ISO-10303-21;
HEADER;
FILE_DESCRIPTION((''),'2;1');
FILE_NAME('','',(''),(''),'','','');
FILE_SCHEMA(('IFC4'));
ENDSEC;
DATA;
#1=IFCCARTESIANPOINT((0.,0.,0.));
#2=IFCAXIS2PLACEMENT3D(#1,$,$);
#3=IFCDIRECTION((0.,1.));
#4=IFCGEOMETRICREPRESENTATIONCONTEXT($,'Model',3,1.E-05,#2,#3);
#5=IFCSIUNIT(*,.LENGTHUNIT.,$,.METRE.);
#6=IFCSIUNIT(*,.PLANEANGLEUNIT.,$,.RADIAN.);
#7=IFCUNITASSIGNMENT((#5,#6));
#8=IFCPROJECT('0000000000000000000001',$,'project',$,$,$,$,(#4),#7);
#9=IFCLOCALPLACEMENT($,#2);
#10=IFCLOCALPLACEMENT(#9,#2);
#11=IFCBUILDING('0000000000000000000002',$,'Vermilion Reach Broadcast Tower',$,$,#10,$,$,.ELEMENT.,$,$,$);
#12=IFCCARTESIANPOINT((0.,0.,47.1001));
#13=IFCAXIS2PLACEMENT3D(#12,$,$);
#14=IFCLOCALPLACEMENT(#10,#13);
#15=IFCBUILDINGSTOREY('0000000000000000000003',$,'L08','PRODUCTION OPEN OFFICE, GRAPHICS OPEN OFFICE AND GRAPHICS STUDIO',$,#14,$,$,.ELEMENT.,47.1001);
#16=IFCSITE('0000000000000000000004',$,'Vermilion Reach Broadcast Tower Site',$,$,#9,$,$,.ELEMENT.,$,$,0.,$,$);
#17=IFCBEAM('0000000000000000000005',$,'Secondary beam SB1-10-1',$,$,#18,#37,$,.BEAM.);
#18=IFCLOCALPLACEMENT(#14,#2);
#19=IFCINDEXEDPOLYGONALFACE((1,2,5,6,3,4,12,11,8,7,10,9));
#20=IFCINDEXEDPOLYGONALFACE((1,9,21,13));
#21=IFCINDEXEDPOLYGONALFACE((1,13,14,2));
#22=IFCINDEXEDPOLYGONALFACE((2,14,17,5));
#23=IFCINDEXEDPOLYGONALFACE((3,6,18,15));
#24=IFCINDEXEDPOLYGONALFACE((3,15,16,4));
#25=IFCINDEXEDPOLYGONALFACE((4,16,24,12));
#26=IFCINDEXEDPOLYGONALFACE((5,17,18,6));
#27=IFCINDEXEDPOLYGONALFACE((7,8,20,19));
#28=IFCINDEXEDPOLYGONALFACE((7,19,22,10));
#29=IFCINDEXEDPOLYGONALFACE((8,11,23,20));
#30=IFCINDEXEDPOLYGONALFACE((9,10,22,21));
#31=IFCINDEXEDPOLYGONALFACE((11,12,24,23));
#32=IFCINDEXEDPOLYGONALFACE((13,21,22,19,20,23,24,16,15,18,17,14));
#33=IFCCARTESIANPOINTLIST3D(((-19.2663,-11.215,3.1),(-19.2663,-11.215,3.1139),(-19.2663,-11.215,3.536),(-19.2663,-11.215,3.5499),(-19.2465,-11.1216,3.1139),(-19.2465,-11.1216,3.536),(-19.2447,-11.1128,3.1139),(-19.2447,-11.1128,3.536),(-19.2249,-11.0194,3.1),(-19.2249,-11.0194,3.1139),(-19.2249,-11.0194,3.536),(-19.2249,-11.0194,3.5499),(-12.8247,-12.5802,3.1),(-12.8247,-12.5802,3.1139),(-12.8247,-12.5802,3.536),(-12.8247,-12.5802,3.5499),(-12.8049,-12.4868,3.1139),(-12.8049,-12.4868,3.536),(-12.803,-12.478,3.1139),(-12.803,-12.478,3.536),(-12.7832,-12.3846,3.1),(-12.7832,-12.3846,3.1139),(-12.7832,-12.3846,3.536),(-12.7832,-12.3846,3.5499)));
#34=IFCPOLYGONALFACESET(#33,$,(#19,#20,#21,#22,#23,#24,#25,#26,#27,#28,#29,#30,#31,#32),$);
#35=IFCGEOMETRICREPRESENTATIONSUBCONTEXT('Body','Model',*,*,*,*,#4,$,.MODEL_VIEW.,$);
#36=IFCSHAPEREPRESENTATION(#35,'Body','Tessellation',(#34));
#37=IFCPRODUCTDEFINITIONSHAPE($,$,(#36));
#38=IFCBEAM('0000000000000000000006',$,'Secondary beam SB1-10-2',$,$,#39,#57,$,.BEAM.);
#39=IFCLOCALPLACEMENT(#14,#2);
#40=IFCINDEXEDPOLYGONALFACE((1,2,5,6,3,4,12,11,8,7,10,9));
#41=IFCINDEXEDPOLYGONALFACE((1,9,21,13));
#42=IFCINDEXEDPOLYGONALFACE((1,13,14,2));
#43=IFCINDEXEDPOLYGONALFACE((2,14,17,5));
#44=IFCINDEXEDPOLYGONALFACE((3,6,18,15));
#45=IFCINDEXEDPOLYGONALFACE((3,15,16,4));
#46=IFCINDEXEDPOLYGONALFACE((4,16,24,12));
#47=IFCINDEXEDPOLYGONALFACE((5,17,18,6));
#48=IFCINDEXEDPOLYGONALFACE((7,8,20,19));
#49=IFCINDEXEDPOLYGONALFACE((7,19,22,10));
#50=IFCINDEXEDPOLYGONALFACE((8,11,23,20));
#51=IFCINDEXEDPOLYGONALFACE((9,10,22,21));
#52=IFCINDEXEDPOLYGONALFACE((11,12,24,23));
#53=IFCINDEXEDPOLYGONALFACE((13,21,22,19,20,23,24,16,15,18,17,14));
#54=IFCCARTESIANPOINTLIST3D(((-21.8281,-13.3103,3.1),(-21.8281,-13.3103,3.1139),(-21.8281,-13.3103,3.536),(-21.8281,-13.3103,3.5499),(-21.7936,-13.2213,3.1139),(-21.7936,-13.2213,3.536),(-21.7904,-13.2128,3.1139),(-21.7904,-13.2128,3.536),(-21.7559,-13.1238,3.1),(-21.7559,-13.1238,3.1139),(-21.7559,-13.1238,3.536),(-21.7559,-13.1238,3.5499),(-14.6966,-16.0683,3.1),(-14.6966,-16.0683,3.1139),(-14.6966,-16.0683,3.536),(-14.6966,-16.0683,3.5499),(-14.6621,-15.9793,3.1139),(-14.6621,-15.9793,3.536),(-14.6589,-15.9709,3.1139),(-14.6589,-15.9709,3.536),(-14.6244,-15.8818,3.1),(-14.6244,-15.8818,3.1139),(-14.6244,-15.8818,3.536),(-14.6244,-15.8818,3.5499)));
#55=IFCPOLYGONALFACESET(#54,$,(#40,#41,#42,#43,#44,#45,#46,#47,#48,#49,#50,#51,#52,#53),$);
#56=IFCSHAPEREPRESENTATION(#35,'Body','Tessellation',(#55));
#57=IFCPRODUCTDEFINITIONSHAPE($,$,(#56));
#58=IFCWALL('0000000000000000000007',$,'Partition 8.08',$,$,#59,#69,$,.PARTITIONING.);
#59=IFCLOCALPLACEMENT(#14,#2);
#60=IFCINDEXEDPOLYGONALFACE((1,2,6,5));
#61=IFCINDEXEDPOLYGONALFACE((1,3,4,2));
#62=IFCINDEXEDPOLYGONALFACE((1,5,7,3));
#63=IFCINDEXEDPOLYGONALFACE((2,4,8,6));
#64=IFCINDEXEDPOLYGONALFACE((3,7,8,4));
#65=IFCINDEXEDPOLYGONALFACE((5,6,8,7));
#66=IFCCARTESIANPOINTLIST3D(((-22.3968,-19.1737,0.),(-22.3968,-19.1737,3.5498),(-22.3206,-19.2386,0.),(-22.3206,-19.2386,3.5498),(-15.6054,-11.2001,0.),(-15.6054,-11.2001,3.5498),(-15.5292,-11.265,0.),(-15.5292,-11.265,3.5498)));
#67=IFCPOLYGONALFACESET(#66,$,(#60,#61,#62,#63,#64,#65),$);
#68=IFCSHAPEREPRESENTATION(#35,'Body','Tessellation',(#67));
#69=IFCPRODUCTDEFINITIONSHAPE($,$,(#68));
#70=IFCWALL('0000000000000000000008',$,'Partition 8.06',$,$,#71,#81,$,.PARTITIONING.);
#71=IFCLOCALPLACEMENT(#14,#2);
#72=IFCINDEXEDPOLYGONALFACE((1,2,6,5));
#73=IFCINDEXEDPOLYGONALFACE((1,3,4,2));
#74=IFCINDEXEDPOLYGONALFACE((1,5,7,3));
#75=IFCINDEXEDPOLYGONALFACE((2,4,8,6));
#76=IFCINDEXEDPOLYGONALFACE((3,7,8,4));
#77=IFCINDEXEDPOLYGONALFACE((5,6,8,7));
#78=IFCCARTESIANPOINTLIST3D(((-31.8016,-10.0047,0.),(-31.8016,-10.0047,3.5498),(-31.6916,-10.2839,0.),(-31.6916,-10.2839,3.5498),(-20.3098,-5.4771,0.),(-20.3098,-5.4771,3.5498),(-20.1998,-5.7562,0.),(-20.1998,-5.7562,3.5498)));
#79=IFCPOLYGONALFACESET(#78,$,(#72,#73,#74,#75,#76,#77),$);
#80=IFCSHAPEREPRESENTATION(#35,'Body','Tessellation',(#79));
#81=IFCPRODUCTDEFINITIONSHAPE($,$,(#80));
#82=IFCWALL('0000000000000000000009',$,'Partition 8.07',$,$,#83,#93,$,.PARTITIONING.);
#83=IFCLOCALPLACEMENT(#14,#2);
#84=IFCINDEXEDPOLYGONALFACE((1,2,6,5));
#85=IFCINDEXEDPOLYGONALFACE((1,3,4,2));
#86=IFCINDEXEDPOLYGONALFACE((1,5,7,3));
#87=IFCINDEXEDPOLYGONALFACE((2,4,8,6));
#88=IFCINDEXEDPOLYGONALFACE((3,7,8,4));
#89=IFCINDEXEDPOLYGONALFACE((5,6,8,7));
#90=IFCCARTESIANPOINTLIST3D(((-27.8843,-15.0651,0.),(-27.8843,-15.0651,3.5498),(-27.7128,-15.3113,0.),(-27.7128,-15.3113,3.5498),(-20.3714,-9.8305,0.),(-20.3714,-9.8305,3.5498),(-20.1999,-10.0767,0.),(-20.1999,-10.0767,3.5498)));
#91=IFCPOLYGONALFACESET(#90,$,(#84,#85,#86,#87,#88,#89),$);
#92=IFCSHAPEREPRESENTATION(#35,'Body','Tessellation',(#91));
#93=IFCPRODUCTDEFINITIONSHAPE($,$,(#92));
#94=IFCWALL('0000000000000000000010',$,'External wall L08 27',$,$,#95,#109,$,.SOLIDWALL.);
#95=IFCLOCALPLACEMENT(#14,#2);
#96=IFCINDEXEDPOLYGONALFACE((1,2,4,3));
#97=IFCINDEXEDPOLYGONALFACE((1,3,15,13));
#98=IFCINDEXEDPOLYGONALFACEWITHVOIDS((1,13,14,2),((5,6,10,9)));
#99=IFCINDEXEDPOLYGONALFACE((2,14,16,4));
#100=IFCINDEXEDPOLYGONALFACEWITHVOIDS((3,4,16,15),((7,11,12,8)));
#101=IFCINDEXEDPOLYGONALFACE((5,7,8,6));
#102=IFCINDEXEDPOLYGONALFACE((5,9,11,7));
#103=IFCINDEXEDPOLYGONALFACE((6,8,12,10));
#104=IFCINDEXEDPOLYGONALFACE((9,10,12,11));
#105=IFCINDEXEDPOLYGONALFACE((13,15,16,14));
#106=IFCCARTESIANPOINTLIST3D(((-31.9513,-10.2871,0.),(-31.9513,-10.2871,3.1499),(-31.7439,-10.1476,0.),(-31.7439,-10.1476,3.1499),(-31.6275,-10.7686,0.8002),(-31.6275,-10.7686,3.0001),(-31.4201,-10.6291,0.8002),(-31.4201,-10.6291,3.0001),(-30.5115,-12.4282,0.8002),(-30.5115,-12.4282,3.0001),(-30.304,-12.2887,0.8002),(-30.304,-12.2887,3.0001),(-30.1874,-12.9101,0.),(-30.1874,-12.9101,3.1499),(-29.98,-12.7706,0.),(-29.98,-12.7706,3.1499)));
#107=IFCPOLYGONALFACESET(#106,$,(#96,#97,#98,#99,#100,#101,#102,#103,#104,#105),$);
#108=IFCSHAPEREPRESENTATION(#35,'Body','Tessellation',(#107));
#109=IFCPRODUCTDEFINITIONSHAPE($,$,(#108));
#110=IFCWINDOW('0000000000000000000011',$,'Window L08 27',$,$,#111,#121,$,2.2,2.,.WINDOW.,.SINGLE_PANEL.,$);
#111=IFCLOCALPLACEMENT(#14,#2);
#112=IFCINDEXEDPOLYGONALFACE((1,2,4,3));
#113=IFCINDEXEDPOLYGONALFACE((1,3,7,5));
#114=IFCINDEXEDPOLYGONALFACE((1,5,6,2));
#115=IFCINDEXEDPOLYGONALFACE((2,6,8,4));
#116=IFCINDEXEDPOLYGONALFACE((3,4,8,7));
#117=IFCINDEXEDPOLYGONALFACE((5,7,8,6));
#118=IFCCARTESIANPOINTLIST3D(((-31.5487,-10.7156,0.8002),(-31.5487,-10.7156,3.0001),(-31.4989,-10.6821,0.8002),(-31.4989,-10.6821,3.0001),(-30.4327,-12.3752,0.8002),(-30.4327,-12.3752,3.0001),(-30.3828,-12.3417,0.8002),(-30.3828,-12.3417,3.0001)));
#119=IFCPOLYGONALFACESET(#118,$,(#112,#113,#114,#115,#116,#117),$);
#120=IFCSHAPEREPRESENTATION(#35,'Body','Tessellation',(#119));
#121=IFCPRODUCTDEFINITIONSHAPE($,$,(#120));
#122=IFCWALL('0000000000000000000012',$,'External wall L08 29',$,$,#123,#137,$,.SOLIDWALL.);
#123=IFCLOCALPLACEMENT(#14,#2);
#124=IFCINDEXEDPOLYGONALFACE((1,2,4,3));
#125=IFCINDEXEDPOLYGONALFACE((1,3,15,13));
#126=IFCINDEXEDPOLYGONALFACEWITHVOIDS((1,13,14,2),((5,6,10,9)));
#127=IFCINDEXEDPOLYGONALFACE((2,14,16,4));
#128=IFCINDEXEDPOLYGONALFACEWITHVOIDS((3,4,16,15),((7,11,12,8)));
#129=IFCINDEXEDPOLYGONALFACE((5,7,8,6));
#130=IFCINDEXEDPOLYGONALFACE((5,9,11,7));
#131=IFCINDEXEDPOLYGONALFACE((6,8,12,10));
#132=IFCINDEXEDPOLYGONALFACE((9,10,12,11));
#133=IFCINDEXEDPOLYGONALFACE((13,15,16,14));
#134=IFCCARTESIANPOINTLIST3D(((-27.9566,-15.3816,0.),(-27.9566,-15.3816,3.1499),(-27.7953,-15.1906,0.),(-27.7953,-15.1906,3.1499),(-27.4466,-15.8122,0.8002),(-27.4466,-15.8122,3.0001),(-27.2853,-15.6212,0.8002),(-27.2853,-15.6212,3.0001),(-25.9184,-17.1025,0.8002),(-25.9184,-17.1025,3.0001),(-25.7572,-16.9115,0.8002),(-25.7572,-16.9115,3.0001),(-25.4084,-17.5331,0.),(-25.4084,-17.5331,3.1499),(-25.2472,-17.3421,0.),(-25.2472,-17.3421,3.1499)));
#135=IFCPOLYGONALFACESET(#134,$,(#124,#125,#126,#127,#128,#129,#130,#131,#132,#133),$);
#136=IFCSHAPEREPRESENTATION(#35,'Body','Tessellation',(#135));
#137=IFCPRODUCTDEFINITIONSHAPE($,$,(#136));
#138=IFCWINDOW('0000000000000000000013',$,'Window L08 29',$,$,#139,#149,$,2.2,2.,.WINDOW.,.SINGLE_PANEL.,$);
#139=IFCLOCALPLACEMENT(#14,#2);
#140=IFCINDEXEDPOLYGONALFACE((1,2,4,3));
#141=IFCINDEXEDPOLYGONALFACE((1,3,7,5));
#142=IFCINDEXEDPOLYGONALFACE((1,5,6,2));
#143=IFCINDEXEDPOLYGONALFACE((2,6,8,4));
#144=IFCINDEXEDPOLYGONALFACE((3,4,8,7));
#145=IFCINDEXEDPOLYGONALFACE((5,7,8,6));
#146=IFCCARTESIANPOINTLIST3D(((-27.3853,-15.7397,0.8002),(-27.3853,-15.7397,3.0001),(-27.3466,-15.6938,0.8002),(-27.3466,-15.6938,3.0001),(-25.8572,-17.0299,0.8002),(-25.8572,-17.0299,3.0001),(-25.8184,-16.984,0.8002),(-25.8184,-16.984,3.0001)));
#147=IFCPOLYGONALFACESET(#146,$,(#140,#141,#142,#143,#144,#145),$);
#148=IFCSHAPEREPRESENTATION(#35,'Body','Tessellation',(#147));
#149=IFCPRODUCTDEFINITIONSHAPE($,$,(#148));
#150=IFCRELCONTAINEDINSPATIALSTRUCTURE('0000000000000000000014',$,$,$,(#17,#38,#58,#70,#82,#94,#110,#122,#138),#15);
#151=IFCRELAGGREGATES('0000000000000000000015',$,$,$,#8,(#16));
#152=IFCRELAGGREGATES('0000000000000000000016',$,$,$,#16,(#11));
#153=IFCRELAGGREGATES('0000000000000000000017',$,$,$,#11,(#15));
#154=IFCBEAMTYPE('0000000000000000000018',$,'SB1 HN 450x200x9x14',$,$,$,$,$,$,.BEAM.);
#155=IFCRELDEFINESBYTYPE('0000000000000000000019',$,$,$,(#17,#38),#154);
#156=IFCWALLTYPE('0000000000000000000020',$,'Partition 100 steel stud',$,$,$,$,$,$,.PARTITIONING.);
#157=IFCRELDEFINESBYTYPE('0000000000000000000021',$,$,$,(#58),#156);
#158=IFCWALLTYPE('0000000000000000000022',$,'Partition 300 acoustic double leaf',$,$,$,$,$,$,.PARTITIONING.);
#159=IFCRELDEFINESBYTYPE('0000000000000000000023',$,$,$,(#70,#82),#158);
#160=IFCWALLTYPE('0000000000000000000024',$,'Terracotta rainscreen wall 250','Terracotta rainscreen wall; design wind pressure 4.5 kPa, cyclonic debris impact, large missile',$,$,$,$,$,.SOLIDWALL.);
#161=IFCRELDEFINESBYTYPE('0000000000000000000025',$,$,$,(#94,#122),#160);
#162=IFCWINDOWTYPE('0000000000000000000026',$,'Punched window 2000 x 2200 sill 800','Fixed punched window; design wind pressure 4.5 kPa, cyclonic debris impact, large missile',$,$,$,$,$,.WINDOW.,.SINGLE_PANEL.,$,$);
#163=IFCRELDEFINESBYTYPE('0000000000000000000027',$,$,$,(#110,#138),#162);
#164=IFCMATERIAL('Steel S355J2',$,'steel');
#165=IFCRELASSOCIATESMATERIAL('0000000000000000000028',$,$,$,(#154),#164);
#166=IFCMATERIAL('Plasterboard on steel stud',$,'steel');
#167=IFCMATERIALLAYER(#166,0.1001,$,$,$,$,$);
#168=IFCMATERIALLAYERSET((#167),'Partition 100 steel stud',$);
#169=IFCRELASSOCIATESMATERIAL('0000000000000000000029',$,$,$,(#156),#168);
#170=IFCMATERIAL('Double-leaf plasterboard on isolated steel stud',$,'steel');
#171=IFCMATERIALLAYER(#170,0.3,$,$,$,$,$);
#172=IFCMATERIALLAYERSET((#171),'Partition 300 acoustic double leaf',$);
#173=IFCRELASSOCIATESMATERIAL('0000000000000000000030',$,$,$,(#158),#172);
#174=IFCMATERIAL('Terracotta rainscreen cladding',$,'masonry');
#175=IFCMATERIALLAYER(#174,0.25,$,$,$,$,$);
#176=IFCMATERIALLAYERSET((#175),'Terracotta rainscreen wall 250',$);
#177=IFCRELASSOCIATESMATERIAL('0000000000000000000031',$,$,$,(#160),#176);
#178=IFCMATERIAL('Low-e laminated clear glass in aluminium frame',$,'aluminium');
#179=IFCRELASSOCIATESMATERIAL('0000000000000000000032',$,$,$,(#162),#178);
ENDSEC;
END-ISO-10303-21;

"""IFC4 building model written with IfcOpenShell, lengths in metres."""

from ifc_helpers import new_model, si_unit, direction, frame, frame_2d, origin, origin_2d, place, context, subcontext, project, spatial, rectangle, i_section, extrude, material, layer, layer_set, material_profile, profile_set, type_object, element, fill, save


model = new_model("IFC4")

# Units and contexts
model_context = context("Model", 3, precision=1e-05, world=origin(), true_north=direction((0.0, 1.0)))
body_context = subcontext(model_context, "Body", "Model", "MODEL_VIEW")
ifc_project = project(units=[si_unit("LENGTHUNIT", "METRE"), si_unit("PLANEANGLEUNIT", "RADIAN")], contexts=[model_context])

# Site, building, storey
site_placement = place(None, origin())
site = spatial("IfcSite", under=ifc_project, at=site_placement, Name="Vermilion Reach Broadcast Tower Site", CompositionType="ELEMENT", RefElevation=0.0)
building_placement = place(site_placement, origin())
building = spatial("IfcBuilding", under=site, at=building_placement, Name="Vermilion Reach Broadcast Tower", CompositionType="ELEMENT")
storey_placement = place(building_placement, frame((0.0, 0.0, 47.1001)))
storey = spatial("IfcBuildingStorey", under=building, at=storey_placement, Name="L08", Description="PRODUCTION OPEN OFFICE, GRAPHICS OPEN OFFICE AND GRAPHICS STUDIO", CompositionType="ELEMENT", Elevation=47.1001)

# Beams
ifc_material_1 = material(Name="Steel S355J2", Category="steel")
ifc_material_profile_1 = material_profile(ifc_material_1, i_section(OverallWidth=0.2, OverallDepth=0.45, WebThickness=0.009, FlangeThickness=0.0139, at=origin_2d()), Name="S355J2 HN 450x200x9x14")
ifc_profile_set_1 = profile_set([ifc_material_profile_1], Name="Steel S355J2")
beam_type_1 = type_object("IfcBeamType", Name="SB1 HN 450x200x9x14", PredefinedType="BEAM", material=ifc_profile_set_1)
beam_1_placement = place(storey_placement, frame((-19.2456, -11.1172, 3.325), z_axis=(0.97827, -0.207333, 0.0), x_axis=(0.207333, 0.97827, 0.0)))
element("IfcBeam", 1, at=beam_1_placement, inside=storey, type_object=beam_type_1, Name="Secondary beam SB1-10-1", PredefinedType="BEAM", context=body_context, shape_type="SweptSolid", body=[
    extrude(i_section(OverallWidth=0.2, OverallDepth=0.45, WebThickness=0.009, FlangeThickness=0.0139, at=origin_2d()), origin(), (0.0, 0.0, 1.0), 6.5847),
])
beam_2_placement = place(storey_placement, frame((-21.792, -13.217, 3.325), z_axis=(0.932681, -0.360703, 0.0), x_axis=(0.360703, 0.932681, 0.0)))
element("IfcBeam", 2, at=beam_2_placement, inside=storey, type_object=beam_type_1, Name="Secondary beam SB1-10-2", PredefinedType="BEAM", context=body_context, shape_type="SweptSolid", body=[
    extrude(i_section(OverallWidth=0.2, OverallDepth=0.45, WebThickness=0.009, FlangeThickness=0.0139, at=origin_2d()), origin(), (0.0, 0.0, 1.0), 7.6462),
])

# Walls
ifc_material_2 = material(Name="Plasterboard on steel stud", Category="steel")
ifc_layer_1 = layer(ifc_material_2, 0.1001)
ifc_layer_set_1 = layer_set([ifc_layer_1], Name="Partition 100 steel stud")
wall_type_1 = type_object("IfcWallType", Name="Partition 100 steel stud", PredefinedType="PARTITIONING", material=ifc_layer_set_1)
wall_1_placement = place(storey_placement, frame((-22.3586, -19.2061, 0.0), z_axis=(0.0, 0.0, 1.0), x_axis=(0.648419, 0.761283, 0.0)))
element("IfcWall", 3, at=wall_1_placement, inside=storey, type_object=wall_type_1, Name="Partition 8.08", PredefinedType="PARTITIONING", context=body_context, shape_type="SweptSolid", body=[
    extrude(rectangle(XDim=10.4739, YDim=0.1001, at=frame_2d((5.2368, 0.0))), origin(), (0.0, 0.0, 1.0), 3.5498),
])
ifc_material_3 = material(Name="Double-leaf plasterboard on isolated steel stud", Category="steel")
ifc_layer_2 = layer(ifc_material_3, 0.3)
ifc_layer_set_2 = layer_set([ifc_layer_2], Name="Partition 300 acoustic double leaf")
wall_type_2 = type_object("IfcWallType", Name="Partition 300 acoustic double leaf", PredefinedType="PARTITIONING", material=ifc_layer_set_2)
wall_2_placement = place(storey_placement, frame((-31.7466, -10.1443, 0.0), z_axis=(0.0, 0.0, 1.0), x_axis=(0.930393, 0.366563, 0.0)))
element("IfcWall", 4, at=wall_2_placement, inside=storey, type_object=wall_type_2, Name="Partition 8.06", PredefinedType="PARTITIONING", context=body_context, shape_type="SweptSolid", body=[
    extrude(rectangle(XDim=12.3516, YDim=0.3, at=frame_2d((6.1758, 0.0))), origin(), (0.0, 0.0, 1.0), 3.5498),
])
wall_3_placement = place(storey_placement, frame((-27.7986, -15.1882, 0.0), z_axis=(0.0, 0.0, 1.0), x_axis=(0.820484, 0.57167, 0.0)))
element("IfcWall", 5, at=wall_3_placement, inside=storey, type_object=wall_type_2, Name="Partition 8.07", PredefinedType="PARTITIONING", context=body_context, shape_type="SweptSolid", body=[
    extrude(rectangle(XDim=9.1567, YDim=0.3, at=frame_2d((4.5784, 0.0))), origin(), (0.0, 0.0, 1.0), 3.5498),
])

# Wall, opening, window
ifc_material_4 = material(Name="Terracotta rainscreen cladding", Category="masonry")
ifc_layer_3 = layer(ifc_material_4, 0.25)
ifc_layer_set_3 = layer_set([ifc_layer_3], Name="Terracotta rainscreen wall 250")
wall_type_3 = type_object("IfcWallType", Name="Terracotta rainscreen wall 250", Description="Terracotta rainscreen wall; design wind pressure 4.5 kPa, cyclonic debris impact, large missile", PredefinedType="SOLIDWALL", material=ifc_layer_set_3)
wall_4_placement = place(storey_placement, frame((-31.8477, -10.2173, 0.0), z_axis=(0.0, 0.0, 1.0), x_axis=(0.558029, -0.829822, 0.0)))
wall_4 = element("IfcWall", 6, at=wall_4_placement, inside=storey, type_object=wall_type_3, Name="External wall L08 27", PredefinedType="SOLIDWALL", context=body_context, shape_type="SweptSolid", body=[
    extrude(rectangle(XDim=3.1609, YDim=0.25, at=frame_2d((1.5806, 0.0))), origin(), (0.0, 0.0, 1.0), 3.1499),
])
opening_1_placement = place(wall_4_placement, frame((0.5803, 0.0, 0.8)))
opening_1 = element("IfcOpeningElement", 7, at=opening_1_placement, cuts=wall_4, PredefinedType="OPENING", context=body_context, shape_type="SweptSolid", body=[
    extrude(rectangle(XDim=2.0, YDim=2.2, at=frame_2d((1.0, 1.1001))), frame((0.0, 0.135, 0.0), z_axis=(0.0, -1.0, 0.0), x_axis=(1.0, 0.0, 0.0)), (0.0, 0.0, 1.0), 0.27),
])
ifc_material_5 = material(Name="Low-e laminated clear glass in aluminium frame", Category="aluminium")
window_type_1 = type_object("IfcWindowType", Name="Punched window 2000 x 2200 sill 800", Description="Fixed punched window; design wind pressure 4.5 kPa, cyclonic debris impact, large missile", PartitioningType="SINGLE_PANEL", PredefinedType="WINDOW", material=ifc_material_5)
window_1_placement = place(opening_1_placement, origin())
window_1 = element("IfcWindow", 8, at=window_1_placement, inside=storey, type_object=window_type_1, Name="Window L08 27", OverallHeight=2.2, OverallWidth=2.0, PartitioningType="SINGLE_PANEL", PredefinedType="WINDOW", context=body_context, shape_type="SweptSolid", body=[
    extrude(rectangle(XDim=2.0, YDim=2.2, at=frame_2d((1.0, 1.1001))), frame((0.0, 0.03, 0.0), z_axis=(0.0, -1.0, 0.0), x_axis=(1.0, 0.0, 0.0)), (0.0, 0.0, 1.0), 0.0601),
])
fill(opening_1, window_1)

# Wall, opening, window
wall_5_placement = place(storey_placement, frame((-27.876, -15.2861, 0.0), z_axis=(0.0, 0.0, 1.0), x_axis=(0.764083, -0.645118, 0.0)))
wall_5 = element("IfcWall", 9, at=wall_5_placement, inside=storey, type_object=wall_type_3, Name="External wall L08 29", PredefinedType="SOLIDWALL", context=body_context, shape_type="SweptSolid", body=[
    extrude(rectangle(XDim=3.335, YDim=0.25, at=frame_2d((1.6675, 0.0))), origin(), (0.0, 0.0, 1.0), 3.1499),
])
opening_2_placement = place(wall_5_placement, frame((0.6675, 0.0, 0.8)))
opening_2 = element("IfcOpeningElement", 10, at=opening_2_placement, cuts=wall_5, PredefinedType="OPENING", context=body_context, shape_type="SweptSolid", body=[
    extrude(rectangle(XDim=2.0, YDim=2.2, at=frame_2d((1.0, 1.1001))), frame((0.0, 0.135, 0.0), z_axis=(0.0, -1.0, 0.0), x_axis=(1.0, 0.0, 0.0)), (0.0, 0.0, 1.0), 0.27),
])
window_2_placement = place(opening_2_placement, origin())
window_2 = element("IfcWindow", 11, at=window_2_placement, inside=storey, type_object=window_type_1, Name="Window L08 29", OverallHeight=2.2, OverallWidth=2.0, PartitioningType="SINGLE_PANEL", PredefinedType="WINDOW", context=body_context, shape_type="SweptSolid", body=[
    extrude(rectangle(XDim=2.0, YDim=2.2, at=frame_2d((1.0, 1.1001))), frame((0.0, 0.03, 0.0), z_axis=(0.0, -1.0, 0.0), x_axis=(1.0, 0.0, 0.0)), (0.0, 0.0, 1.0), 0.0601),
])
fill(opening_2, window_2)

save(model, "model.ifc")
